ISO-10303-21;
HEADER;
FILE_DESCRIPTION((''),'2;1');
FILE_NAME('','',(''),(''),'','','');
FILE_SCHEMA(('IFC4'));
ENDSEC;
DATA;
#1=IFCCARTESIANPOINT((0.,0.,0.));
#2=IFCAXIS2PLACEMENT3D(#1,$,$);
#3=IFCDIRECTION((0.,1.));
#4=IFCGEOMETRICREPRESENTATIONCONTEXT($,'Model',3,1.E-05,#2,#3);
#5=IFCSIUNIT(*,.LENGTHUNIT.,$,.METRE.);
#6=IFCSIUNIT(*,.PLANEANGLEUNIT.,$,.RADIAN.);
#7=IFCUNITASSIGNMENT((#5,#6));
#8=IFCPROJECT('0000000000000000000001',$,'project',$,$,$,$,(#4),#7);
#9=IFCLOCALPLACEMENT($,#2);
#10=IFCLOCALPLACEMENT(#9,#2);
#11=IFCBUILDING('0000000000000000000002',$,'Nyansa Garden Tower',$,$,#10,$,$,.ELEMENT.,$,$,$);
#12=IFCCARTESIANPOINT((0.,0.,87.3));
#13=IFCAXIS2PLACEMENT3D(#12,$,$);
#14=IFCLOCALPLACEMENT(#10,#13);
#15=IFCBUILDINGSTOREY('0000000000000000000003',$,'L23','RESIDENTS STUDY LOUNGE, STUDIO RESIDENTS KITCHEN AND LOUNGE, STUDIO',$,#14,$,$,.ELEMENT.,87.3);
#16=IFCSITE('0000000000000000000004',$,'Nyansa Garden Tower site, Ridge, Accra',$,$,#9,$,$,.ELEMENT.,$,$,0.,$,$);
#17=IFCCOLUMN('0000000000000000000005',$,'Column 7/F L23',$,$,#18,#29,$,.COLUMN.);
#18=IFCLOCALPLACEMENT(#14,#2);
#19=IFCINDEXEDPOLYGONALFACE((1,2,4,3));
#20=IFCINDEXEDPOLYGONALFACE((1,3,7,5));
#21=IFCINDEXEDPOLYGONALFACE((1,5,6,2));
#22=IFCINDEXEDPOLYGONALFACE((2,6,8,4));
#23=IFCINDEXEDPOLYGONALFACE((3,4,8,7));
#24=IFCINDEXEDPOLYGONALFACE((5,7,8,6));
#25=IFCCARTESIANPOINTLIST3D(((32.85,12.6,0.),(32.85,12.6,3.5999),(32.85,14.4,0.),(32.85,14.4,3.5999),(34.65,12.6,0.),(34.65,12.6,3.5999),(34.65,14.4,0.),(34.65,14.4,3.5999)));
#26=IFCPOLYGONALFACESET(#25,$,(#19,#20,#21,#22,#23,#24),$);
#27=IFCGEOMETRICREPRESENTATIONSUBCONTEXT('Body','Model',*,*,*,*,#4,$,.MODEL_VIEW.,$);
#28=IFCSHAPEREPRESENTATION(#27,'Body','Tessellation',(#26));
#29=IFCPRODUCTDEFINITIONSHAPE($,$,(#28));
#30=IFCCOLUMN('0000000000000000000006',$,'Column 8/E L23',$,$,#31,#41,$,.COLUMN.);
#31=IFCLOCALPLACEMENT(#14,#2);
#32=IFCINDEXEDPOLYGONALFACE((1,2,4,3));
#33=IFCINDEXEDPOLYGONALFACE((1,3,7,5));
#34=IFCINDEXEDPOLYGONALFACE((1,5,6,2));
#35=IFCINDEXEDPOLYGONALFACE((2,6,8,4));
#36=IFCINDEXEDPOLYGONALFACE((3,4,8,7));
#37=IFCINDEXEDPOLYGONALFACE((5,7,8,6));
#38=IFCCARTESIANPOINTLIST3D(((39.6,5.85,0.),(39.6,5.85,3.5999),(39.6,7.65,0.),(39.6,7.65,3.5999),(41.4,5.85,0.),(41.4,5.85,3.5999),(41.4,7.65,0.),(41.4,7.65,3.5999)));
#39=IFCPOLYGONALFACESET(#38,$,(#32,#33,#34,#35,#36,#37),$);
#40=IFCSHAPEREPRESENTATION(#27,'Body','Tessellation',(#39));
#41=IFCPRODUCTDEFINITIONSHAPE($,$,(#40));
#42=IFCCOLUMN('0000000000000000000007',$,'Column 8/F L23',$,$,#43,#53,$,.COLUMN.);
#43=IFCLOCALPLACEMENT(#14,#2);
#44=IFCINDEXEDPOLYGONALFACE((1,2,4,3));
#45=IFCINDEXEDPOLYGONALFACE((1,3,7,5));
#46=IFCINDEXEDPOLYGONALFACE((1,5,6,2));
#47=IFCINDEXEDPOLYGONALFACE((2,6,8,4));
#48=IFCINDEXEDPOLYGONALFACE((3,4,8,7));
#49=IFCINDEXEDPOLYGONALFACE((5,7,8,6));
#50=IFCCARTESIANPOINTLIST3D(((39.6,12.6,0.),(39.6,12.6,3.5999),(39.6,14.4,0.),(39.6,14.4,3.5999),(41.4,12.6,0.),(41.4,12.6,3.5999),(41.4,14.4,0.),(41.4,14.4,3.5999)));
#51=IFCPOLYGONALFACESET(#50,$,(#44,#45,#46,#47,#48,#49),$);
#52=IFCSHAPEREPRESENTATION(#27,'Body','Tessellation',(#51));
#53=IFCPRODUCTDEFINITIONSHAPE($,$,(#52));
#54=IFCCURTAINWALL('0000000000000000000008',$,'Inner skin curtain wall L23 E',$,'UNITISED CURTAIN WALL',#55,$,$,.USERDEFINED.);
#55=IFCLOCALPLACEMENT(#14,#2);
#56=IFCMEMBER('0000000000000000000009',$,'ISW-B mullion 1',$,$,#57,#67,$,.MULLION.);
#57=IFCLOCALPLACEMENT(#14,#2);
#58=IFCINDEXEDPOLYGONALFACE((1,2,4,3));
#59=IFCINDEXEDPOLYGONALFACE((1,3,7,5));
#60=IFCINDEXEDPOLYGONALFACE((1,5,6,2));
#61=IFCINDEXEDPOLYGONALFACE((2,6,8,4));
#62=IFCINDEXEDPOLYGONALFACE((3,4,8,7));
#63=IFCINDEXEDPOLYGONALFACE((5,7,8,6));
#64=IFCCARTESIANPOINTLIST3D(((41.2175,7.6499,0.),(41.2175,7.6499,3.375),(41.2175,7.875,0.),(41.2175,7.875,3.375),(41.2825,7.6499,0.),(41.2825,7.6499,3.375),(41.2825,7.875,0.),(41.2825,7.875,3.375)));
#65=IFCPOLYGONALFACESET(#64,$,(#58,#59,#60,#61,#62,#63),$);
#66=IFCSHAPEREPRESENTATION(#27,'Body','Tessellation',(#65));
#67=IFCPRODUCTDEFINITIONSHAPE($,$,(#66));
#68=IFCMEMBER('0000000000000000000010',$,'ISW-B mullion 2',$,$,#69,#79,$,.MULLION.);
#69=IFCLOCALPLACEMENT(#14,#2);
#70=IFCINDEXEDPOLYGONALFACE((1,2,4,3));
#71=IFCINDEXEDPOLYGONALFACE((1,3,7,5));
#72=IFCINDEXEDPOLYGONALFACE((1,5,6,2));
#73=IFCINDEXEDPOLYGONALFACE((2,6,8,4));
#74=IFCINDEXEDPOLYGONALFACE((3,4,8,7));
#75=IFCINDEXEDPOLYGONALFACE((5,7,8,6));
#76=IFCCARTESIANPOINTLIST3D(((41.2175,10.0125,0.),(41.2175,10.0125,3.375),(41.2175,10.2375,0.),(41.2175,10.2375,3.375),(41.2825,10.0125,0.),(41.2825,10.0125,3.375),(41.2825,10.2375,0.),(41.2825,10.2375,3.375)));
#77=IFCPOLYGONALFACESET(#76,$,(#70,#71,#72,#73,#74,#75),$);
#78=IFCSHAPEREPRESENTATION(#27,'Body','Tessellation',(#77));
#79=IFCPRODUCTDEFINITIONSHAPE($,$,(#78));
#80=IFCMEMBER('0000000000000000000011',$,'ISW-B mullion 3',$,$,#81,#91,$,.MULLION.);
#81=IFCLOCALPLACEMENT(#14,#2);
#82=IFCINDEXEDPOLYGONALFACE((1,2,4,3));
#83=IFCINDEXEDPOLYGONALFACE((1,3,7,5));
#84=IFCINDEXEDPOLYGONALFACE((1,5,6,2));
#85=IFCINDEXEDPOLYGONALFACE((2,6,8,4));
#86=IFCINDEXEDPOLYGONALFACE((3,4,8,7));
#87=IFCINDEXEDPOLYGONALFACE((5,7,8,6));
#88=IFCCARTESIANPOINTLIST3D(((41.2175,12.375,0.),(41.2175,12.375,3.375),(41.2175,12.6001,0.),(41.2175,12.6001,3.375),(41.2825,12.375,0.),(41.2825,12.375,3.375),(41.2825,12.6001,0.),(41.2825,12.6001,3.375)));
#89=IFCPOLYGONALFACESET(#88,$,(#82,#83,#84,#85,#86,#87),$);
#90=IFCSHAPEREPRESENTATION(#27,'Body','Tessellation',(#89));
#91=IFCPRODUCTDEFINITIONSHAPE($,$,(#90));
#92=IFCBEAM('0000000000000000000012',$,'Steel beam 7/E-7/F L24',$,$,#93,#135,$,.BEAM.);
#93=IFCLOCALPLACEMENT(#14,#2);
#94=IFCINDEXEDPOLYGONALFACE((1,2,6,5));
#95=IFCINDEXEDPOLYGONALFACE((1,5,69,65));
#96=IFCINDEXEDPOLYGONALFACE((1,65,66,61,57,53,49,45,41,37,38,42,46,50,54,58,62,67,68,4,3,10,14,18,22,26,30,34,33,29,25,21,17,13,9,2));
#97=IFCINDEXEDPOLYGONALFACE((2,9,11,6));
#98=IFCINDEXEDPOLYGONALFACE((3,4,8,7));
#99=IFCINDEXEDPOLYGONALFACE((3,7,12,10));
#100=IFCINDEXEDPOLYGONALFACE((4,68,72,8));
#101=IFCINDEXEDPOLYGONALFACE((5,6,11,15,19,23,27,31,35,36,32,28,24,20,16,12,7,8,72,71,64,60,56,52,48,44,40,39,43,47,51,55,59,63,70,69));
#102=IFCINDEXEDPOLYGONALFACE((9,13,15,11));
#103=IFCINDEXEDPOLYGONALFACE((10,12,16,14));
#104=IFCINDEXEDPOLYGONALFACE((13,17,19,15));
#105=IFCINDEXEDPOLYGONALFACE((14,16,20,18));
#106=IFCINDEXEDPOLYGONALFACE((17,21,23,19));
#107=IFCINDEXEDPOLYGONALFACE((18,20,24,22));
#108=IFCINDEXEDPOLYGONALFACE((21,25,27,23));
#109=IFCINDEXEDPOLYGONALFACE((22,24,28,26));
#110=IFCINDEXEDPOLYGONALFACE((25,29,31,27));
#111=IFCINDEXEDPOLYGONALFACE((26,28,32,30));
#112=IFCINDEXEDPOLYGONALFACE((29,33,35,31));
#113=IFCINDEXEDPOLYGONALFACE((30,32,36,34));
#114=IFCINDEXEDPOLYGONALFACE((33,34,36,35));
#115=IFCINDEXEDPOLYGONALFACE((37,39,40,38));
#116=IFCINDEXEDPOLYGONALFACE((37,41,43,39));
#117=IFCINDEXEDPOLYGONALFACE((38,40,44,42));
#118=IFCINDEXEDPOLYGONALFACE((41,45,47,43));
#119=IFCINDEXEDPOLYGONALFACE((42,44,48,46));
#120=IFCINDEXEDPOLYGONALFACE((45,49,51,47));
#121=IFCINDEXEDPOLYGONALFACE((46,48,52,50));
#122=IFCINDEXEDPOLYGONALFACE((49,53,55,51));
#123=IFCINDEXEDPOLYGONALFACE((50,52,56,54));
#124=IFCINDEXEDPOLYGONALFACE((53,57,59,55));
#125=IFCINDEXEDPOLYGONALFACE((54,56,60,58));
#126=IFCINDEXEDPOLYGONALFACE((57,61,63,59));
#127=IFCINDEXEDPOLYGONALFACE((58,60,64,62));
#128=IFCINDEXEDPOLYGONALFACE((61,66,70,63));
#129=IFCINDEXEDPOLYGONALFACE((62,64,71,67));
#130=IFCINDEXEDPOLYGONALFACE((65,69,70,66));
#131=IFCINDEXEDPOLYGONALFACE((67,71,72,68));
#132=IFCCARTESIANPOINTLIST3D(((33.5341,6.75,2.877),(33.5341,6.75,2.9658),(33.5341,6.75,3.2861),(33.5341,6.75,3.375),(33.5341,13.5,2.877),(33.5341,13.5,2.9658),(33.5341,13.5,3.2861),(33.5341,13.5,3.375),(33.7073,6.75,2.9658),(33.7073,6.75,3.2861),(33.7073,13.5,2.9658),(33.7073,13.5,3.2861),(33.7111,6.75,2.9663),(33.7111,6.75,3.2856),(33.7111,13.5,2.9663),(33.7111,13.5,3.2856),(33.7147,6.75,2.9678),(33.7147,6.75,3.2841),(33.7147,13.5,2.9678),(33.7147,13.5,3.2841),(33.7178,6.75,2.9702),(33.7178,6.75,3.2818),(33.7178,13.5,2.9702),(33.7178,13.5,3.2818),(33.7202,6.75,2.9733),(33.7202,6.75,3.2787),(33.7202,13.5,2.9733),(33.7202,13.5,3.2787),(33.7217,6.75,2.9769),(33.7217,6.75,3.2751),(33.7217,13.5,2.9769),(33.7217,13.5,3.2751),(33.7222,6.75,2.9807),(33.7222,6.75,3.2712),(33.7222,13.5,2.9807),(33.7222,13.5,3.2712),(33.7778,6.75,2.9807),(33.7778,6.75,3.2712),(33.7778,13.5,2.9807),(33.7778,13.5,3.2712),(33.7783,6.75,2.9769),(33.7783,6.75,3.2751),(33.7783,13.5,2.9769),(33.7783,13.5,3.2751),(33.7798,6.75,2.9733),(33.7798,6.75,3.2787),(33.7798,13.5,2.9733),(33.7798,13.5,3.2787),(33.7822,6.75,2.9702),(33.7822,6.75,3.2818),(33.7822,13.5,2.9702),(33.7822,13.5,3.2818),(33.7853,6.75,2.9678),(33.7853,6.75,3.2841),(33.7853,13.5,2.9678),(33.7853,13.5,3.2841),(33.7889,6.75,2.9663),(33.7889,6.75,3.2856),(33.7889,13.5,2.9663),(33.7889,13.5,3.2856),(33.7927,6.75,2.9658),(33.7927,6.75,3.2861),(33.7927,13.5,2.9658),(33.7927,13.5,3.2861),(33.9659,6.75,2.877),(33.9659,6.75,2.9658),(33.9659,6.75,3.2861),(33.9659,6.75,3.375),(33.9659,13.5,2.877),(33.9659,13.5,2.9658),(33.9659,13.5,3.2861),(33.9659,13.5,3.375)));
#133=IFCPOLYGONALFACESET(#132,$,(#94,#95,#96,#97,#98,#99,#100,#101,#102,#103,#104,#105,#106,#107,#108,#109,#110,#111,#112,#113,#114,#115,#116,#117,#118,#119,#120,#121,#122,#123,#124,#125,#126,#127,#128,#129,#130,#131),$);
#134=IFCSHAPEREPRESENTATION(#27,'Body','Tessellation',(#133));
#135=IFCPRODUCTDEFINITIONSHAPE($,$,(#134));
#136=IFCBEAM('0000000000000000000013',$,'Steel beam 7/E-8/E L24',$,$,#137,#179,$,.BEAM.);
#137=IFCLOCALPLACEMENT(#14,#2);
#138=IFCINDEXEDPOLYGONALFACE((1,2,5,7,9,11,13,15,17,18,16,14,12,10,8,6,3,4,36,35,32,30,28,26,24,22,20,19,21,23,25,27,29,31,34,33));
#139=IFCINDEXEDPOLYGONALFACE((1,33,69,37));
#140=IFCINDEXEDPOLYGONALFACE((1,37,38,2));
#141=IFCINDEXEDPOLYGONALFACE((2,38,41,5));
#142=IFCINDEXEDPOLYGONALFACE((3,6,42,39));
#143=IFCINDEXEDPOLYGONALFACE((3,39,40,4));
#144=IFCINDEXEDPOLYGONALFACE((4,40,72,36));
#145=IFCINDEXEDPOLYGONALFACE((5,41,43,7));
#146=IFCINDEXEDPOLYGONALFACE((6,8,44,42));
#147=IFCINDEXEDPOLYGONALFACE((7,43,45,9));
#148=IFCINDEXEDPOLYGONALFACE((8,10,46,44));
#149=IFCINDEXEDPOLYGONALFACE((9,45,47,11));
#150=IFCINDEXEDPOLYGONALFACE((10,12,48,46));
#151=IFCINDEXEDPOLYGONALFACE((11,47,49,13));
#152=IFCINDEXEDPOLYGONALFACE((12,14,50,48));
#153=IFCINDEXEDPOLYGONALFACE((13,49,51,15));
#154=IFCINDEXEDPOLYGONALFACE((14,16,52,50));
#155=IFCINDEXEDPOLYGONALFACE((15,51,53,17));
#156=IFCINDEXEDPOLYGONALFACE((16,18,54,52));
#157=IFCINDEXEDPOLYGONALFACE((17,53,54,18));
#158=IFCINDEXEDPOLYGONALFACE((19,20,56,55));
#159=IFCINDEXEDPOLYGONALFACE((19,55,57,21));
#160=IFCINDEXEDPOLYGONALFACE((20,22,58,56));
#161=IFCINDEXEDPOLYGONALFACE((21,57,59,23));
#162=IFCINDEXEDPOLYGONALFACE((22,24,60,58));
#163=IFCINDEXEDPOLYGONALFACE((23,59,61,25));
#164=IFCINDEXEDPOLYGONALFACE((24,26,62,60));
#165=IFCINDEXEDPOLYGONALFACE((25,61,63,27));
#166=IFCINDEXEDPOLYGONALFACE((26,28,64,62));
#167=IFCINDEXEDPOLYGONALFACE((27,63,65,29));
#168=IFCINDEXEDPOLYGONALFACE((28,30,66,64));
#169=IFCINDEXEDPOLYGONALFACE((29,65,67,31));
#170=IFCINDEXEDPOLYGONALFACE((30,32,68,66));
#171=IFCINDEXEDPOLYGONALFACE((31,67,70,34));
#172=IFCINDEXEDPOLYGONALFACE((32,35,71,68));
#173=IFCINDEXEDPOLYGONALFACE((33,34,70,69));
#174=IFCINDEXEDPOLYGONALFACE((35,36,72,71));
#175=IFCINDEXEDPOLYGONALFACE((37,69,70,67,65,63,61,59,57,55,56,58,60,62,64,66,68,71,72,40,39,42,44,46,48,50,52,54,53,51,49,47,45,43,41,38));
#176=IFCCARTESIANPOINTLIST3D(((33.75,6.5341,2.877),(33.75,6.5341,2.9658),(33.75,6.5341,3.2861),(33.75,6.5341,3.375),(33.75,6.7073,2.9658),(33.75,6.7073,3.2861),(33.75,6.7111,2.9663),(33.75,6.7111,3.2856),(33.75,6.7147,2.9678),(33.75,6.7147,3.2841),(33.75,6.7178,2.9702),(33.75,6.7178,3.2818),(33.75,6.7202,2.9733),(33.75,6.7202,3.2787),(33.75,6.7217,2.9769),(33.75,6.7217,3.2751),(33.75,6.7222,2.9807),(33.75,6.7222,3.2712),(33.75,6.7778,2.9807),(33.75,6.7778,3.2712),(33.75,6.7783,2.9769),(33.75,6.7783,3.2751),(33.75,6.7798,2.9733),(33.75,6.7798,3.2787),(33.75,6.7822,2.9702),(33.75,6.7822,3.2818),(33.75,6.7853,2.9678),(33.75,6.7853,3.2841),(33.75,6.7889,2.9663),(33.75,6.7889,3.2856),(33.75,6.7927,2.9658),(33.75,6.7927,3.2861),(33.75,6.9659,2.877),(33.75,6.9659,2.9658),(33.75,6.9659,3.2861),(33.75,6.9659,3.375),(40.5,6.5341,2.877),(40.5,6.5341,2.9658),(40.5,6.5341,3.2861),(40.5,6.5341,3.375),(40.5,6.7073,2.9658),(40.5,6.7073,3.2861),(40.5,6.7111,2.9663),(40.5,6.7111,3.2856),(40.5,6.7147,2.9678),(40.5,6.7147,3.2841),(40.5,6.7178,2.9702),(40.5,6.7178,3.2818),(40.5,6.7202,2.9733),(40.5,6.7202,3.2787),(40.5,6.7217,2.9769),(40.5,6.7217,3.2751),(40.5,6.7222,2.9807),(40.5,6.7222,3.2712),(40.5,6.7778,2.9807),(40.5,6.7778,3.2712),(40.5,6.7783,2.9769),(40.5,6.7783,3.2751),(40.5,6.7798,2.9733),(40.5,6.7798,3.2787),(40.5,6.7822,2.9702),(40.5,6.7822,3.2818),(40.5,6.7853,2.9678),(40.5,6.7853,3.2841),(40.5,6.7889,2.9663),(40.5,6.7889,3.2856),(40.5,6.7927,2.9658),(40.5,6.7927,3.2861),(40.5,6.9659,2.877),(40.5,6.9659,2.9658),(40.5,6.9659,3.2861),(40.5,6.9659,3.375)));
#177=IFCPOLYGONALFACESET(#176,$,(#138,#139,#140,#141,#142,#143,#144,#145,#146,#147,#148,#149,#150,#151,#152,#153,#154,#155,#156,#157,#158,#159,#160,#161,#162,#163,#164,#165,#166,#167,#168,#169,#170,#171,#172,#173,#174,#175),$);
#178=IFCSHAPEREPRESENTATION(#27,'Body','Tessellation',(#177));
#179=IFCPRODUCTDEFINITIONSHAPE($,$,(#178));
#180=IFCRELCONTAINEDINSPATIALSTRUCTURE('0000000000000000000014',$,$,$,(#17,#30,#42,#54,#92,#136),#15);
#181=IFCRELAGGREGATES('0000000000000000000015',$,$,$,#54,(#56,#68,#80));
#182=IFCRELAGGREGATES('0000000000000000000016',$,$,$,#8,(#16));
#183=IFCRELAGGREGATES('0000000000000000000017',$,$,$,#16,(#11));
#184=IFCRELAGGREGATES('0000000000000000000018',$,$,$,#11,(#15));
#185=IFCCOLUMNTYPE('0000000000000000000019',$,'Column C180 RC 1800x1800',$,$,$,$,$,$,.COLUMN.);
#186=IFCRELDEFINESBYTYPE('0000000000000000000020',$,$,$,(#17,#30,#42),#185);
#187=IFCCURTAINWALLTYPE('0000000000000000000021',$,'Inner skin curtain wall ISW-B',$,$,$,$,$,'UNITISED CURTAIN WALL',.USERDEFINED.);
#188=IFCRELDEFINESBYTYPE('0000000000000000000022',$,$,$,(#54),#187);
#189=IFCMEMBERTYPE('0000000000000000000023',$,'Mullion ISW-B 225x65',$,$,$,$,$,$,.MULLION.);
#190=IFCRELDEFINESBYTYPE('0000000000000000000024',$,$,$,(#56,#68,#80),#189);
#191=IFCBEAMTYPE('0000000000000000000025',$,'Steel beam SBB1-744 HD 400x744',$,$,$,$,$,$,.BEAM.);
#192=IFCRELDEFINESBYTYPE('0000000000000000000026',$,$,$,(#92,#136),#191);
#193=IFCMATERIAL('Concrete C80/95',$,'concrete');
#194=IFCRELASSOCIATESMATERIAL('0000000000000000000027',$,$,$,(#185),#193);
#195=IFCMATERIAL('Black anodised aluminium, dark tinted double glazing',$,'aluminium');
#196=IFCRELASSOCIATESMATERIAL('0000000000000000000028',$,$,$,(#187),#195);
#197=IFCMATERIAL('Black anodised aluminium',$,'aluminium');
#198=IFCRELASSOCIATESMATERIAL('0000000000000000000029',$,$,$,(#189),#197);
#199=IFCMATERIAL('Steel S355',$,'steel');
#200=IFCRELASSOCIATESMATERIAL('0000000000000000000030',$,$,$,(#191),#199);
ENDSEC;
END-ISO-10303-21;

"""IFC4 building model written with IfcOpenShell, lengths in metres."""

from ifc_helpers import new_model, si_unit, direction, frame, origin, origin_2d, place, context, subcontext, project, spatial, rectangle, i_section, extrude, material, material_profile, profile_set, type_object, element, aggregate, save


model = new_model("IFC4")

# Units and contexts
model_context = context("Model", 3, precision=1e-05, world=origin(), true_north=direction((0.0, 1.0)))
body_context = subcontext(model_context, "Body", "Model", "MODEL_VIEW")
ifc_project = project(units=[si_unit("LENGTHUNIT", "METRE"), si_unit("PLANEANGLEUNIT", "RADIAN")], contexts=[model_context])

# Site, building, storey
site_placement = place(None, origin())
site = spatial("IfcSite", under=ifc_project, at=site_placement, Name="Nyansa Garden Tower site, Ridge, Accra", CompositionType="ELEMENT", RefElevation=0.0)
building_placement = place(site_placement, origin())
building = spatial("IfcBuilding", under=site, at=building_placement, Name="Nyansa Garden Tower", CompositionType="ELEMENT")
storey_placement = place(building_placement, frame((0.0, 0.0, 87.3)))
storey = spatial("IfcBuildingStorey", under=building, at=storey_placement, Name="L23", Description="RESIDENTS STUDY LOUNGE, STUDIO RESIDENTS KITCHEN AND LOUNGE, STUDIO", CompositionType="ELEMENT", Elevation=87.3)

# Columns
ifc_material_1 = material(Name="Concrete C80/95", Category="concrete")
ifc_material_profile_1 = material_profile(ifc_material_1, rectangle(XDim=1.8, YDim=1.8, at=origin_2d()), Name="RC 1800x1800")
ifc_profile_set_1 = profile_set([ifc_material_profile_1], Name="Concrete C80/95")
column_type = type_object("IfcColumnType", Name="Column C180 RC 1800x1800", PredefinedType="COLUMN", material=ifc_profile_set_1)
for number, where, z_axis, x_axis, name in (
    (1, (33.75, 13.5, 0.0), (0.0, 0.0, 1.0), (1.0, 0.0, 0.0), "Column 7/F L23"),
    (2, (40.5, 6.75, 0.0), (0.0, 0.0, 1.0), (1.0, 0.0, 0.0), "Column 8/E L23"),
    (3, (40.5, 13.5, 0.0), (0.0, 0.0, 1.0), (1.0, 0.0, 0.0), "Column 8/F L23"),
):
    element("IfcColumn", number, at=place(storey_placement, frame(where, z_axis=z_axis, x_axis=x_axis)), inside=storey, type_object=column_type, Name=name, PredefinedType="COLUMN", context=body_context, shape_type="SweptSolid", body=[
        extrude(rectangle(XDim=1.8, YDim=1.8, at=origin_2d()), origin(), (0.0, 0.0, 1.0), 3.5999),
    ])

# Curtain wall, members
ifc_material_2 = material(Name="Black anodised aluminium, dark tinted double glazing", Category="aluminium")
curtain_wall_type = type_object("IfcCurtainWallType", Name="Inner skin curtain wall ISW-B", ElementType="UNITISED CURTAIN WALL", PredefinedType="USERDEFINED", material=ifc_material_2)
curtain_wall_placement = place(storey_placement, origin())
curtain_wall = element("IfcCurtainWall", 4, at=curtain_wall_placement, inside=storey, type_object=curtain_wall_type, Name="Inner skin curtain wall L23 E", ObjectType="UNITISED CURTAIN WALL", PredefinedType="USERDEFINED")
ifc_material_3 = material(Name="Black anodised aluminium", Category="aluminium")
ifc_material_profile_2 = material_profile(ifc_material_3, rectangle(XDim=0.0649, YDim=0.2251, at=origin_2d()), Name="Mullion 225x65")
ifc_profile_set_2 = profile_set([ifc_material_profile_2], Name="Black anodised aluminium")
member_type_1 = type_object("IfcMemberType", Name="Mullion ISW-B 225x65", PredefinedType="MULLION", material=ifc_profile_set_2)
member_1_placement = place(storey_placement, frame((41.25, 7.7625, 0.0), z_axis=(0.0, 0.0, 1.0), x_axis=(-1.0, 0.0, 0.0)))
member_1 = element("IfcMember", 5, at=member_1_placement, type_object=member_type_1, Name="ISW-B mullion 1", PredefinedType="MULLION", context=body_context, shape_type="SweptSolid", body=[
    extrude(rectangle(XDim=0.0649, YDim=0.2251, at=origin_2d()), origin(), (0.0, 0.0, 1.0), 3.375),
])
member_2_placement = place(storey_placement, frame((41.25, 10.125, 0.0), z_axis=(0.0, 0.0, 1.0), x_axis=(-1.0, 0.0, 0.0)))
member_2 = element("IfcMember", 6, at=member_2_placement, type_object=member_type_1, Name="ISW-B mullion 2", PredefinedType="MULLION", context=body_context, shape_type="SweptSolid", body=[
    extrude(rectangle(XDim=0.0649, YDim=0.2251, at=origin_2d()), origin(), (0.0, 0.0, 1.0), 3.375),
])
member_3_placement = place(storey_placement, frame((41.25, 12.4875, 0.0), z_axis=(0.0, 0.0, 1.0), x_axis=(-1.0, 0.0, 0.0)))
member_3 = element("IfcMember", 7, at=member_3_placement, type_object=member_type_1, Name="ISW-B mullion 3", PredefinedType="MULLION", context=body_context, shape_type="SweptSolid", body=[
    extrude(rectangle(XDim=0.0649, YDim=0.2251, at=origin_2d()), origin(), (0.0, 0.0, 1.0), 3.375),
])

# Beams
ifc_material_4 = material(Name="Steel S355", Category="steel")
ifc_material_profile_3 = material_profile(ifc_material_4, i_section(OverallWidth=0.4319, OverallDepth=0.498, WebThickness=0.0557, FlangeThickness=0.0889, FilletRadius=0.0149, at=origin_2d()), Name="HD 400x744")
ifc_profile_set_3 = profile_set([ifc_material_profile_3], Name="Steel S355")
beam_type_1 = type_object("IfcBeamType", Name="Steel beam SBB1-744 HD 400x744", PredefinedType="BEAM", material=ifc_profile_set_3)
for number, where, z_axis, x_axis, name in (
    (8, (33.75, 6.75, 3.126), (0.0, 1.0, 0.0), (-1.0, 0.0, 0.0), "Steel beam 7/E-7/F L24"),
    (9, (33.75, 6.75, 3.126), (1.0, 0.0, 0.0), (0.0, 1.0, 0.0), "Steel beam 7/E-8/E L24"),
):
    element("IfcBeam", number, at=place(storey_placement, frame(where, z_axis=z_axis, x_axis=x_axis)), inside=storey, type_object=beam_type_1, Name=name, PredefinedType="BEAM", context=body_context, shape_type="SweptSolid", body=[
        extrude(i_section(OverallWidth=0.4319, OverallDepth=0.498, WebThickness=0.0557, FlangeThickness=0.0889, FilletRadius=0.0149, at=origin_2d()), origin(), (0.0, 0.0, 1.0), 6.75),
    ])

aggregate(curtain_wall, [member_1, member_2, member_3])

save(model, "model.ifc")
